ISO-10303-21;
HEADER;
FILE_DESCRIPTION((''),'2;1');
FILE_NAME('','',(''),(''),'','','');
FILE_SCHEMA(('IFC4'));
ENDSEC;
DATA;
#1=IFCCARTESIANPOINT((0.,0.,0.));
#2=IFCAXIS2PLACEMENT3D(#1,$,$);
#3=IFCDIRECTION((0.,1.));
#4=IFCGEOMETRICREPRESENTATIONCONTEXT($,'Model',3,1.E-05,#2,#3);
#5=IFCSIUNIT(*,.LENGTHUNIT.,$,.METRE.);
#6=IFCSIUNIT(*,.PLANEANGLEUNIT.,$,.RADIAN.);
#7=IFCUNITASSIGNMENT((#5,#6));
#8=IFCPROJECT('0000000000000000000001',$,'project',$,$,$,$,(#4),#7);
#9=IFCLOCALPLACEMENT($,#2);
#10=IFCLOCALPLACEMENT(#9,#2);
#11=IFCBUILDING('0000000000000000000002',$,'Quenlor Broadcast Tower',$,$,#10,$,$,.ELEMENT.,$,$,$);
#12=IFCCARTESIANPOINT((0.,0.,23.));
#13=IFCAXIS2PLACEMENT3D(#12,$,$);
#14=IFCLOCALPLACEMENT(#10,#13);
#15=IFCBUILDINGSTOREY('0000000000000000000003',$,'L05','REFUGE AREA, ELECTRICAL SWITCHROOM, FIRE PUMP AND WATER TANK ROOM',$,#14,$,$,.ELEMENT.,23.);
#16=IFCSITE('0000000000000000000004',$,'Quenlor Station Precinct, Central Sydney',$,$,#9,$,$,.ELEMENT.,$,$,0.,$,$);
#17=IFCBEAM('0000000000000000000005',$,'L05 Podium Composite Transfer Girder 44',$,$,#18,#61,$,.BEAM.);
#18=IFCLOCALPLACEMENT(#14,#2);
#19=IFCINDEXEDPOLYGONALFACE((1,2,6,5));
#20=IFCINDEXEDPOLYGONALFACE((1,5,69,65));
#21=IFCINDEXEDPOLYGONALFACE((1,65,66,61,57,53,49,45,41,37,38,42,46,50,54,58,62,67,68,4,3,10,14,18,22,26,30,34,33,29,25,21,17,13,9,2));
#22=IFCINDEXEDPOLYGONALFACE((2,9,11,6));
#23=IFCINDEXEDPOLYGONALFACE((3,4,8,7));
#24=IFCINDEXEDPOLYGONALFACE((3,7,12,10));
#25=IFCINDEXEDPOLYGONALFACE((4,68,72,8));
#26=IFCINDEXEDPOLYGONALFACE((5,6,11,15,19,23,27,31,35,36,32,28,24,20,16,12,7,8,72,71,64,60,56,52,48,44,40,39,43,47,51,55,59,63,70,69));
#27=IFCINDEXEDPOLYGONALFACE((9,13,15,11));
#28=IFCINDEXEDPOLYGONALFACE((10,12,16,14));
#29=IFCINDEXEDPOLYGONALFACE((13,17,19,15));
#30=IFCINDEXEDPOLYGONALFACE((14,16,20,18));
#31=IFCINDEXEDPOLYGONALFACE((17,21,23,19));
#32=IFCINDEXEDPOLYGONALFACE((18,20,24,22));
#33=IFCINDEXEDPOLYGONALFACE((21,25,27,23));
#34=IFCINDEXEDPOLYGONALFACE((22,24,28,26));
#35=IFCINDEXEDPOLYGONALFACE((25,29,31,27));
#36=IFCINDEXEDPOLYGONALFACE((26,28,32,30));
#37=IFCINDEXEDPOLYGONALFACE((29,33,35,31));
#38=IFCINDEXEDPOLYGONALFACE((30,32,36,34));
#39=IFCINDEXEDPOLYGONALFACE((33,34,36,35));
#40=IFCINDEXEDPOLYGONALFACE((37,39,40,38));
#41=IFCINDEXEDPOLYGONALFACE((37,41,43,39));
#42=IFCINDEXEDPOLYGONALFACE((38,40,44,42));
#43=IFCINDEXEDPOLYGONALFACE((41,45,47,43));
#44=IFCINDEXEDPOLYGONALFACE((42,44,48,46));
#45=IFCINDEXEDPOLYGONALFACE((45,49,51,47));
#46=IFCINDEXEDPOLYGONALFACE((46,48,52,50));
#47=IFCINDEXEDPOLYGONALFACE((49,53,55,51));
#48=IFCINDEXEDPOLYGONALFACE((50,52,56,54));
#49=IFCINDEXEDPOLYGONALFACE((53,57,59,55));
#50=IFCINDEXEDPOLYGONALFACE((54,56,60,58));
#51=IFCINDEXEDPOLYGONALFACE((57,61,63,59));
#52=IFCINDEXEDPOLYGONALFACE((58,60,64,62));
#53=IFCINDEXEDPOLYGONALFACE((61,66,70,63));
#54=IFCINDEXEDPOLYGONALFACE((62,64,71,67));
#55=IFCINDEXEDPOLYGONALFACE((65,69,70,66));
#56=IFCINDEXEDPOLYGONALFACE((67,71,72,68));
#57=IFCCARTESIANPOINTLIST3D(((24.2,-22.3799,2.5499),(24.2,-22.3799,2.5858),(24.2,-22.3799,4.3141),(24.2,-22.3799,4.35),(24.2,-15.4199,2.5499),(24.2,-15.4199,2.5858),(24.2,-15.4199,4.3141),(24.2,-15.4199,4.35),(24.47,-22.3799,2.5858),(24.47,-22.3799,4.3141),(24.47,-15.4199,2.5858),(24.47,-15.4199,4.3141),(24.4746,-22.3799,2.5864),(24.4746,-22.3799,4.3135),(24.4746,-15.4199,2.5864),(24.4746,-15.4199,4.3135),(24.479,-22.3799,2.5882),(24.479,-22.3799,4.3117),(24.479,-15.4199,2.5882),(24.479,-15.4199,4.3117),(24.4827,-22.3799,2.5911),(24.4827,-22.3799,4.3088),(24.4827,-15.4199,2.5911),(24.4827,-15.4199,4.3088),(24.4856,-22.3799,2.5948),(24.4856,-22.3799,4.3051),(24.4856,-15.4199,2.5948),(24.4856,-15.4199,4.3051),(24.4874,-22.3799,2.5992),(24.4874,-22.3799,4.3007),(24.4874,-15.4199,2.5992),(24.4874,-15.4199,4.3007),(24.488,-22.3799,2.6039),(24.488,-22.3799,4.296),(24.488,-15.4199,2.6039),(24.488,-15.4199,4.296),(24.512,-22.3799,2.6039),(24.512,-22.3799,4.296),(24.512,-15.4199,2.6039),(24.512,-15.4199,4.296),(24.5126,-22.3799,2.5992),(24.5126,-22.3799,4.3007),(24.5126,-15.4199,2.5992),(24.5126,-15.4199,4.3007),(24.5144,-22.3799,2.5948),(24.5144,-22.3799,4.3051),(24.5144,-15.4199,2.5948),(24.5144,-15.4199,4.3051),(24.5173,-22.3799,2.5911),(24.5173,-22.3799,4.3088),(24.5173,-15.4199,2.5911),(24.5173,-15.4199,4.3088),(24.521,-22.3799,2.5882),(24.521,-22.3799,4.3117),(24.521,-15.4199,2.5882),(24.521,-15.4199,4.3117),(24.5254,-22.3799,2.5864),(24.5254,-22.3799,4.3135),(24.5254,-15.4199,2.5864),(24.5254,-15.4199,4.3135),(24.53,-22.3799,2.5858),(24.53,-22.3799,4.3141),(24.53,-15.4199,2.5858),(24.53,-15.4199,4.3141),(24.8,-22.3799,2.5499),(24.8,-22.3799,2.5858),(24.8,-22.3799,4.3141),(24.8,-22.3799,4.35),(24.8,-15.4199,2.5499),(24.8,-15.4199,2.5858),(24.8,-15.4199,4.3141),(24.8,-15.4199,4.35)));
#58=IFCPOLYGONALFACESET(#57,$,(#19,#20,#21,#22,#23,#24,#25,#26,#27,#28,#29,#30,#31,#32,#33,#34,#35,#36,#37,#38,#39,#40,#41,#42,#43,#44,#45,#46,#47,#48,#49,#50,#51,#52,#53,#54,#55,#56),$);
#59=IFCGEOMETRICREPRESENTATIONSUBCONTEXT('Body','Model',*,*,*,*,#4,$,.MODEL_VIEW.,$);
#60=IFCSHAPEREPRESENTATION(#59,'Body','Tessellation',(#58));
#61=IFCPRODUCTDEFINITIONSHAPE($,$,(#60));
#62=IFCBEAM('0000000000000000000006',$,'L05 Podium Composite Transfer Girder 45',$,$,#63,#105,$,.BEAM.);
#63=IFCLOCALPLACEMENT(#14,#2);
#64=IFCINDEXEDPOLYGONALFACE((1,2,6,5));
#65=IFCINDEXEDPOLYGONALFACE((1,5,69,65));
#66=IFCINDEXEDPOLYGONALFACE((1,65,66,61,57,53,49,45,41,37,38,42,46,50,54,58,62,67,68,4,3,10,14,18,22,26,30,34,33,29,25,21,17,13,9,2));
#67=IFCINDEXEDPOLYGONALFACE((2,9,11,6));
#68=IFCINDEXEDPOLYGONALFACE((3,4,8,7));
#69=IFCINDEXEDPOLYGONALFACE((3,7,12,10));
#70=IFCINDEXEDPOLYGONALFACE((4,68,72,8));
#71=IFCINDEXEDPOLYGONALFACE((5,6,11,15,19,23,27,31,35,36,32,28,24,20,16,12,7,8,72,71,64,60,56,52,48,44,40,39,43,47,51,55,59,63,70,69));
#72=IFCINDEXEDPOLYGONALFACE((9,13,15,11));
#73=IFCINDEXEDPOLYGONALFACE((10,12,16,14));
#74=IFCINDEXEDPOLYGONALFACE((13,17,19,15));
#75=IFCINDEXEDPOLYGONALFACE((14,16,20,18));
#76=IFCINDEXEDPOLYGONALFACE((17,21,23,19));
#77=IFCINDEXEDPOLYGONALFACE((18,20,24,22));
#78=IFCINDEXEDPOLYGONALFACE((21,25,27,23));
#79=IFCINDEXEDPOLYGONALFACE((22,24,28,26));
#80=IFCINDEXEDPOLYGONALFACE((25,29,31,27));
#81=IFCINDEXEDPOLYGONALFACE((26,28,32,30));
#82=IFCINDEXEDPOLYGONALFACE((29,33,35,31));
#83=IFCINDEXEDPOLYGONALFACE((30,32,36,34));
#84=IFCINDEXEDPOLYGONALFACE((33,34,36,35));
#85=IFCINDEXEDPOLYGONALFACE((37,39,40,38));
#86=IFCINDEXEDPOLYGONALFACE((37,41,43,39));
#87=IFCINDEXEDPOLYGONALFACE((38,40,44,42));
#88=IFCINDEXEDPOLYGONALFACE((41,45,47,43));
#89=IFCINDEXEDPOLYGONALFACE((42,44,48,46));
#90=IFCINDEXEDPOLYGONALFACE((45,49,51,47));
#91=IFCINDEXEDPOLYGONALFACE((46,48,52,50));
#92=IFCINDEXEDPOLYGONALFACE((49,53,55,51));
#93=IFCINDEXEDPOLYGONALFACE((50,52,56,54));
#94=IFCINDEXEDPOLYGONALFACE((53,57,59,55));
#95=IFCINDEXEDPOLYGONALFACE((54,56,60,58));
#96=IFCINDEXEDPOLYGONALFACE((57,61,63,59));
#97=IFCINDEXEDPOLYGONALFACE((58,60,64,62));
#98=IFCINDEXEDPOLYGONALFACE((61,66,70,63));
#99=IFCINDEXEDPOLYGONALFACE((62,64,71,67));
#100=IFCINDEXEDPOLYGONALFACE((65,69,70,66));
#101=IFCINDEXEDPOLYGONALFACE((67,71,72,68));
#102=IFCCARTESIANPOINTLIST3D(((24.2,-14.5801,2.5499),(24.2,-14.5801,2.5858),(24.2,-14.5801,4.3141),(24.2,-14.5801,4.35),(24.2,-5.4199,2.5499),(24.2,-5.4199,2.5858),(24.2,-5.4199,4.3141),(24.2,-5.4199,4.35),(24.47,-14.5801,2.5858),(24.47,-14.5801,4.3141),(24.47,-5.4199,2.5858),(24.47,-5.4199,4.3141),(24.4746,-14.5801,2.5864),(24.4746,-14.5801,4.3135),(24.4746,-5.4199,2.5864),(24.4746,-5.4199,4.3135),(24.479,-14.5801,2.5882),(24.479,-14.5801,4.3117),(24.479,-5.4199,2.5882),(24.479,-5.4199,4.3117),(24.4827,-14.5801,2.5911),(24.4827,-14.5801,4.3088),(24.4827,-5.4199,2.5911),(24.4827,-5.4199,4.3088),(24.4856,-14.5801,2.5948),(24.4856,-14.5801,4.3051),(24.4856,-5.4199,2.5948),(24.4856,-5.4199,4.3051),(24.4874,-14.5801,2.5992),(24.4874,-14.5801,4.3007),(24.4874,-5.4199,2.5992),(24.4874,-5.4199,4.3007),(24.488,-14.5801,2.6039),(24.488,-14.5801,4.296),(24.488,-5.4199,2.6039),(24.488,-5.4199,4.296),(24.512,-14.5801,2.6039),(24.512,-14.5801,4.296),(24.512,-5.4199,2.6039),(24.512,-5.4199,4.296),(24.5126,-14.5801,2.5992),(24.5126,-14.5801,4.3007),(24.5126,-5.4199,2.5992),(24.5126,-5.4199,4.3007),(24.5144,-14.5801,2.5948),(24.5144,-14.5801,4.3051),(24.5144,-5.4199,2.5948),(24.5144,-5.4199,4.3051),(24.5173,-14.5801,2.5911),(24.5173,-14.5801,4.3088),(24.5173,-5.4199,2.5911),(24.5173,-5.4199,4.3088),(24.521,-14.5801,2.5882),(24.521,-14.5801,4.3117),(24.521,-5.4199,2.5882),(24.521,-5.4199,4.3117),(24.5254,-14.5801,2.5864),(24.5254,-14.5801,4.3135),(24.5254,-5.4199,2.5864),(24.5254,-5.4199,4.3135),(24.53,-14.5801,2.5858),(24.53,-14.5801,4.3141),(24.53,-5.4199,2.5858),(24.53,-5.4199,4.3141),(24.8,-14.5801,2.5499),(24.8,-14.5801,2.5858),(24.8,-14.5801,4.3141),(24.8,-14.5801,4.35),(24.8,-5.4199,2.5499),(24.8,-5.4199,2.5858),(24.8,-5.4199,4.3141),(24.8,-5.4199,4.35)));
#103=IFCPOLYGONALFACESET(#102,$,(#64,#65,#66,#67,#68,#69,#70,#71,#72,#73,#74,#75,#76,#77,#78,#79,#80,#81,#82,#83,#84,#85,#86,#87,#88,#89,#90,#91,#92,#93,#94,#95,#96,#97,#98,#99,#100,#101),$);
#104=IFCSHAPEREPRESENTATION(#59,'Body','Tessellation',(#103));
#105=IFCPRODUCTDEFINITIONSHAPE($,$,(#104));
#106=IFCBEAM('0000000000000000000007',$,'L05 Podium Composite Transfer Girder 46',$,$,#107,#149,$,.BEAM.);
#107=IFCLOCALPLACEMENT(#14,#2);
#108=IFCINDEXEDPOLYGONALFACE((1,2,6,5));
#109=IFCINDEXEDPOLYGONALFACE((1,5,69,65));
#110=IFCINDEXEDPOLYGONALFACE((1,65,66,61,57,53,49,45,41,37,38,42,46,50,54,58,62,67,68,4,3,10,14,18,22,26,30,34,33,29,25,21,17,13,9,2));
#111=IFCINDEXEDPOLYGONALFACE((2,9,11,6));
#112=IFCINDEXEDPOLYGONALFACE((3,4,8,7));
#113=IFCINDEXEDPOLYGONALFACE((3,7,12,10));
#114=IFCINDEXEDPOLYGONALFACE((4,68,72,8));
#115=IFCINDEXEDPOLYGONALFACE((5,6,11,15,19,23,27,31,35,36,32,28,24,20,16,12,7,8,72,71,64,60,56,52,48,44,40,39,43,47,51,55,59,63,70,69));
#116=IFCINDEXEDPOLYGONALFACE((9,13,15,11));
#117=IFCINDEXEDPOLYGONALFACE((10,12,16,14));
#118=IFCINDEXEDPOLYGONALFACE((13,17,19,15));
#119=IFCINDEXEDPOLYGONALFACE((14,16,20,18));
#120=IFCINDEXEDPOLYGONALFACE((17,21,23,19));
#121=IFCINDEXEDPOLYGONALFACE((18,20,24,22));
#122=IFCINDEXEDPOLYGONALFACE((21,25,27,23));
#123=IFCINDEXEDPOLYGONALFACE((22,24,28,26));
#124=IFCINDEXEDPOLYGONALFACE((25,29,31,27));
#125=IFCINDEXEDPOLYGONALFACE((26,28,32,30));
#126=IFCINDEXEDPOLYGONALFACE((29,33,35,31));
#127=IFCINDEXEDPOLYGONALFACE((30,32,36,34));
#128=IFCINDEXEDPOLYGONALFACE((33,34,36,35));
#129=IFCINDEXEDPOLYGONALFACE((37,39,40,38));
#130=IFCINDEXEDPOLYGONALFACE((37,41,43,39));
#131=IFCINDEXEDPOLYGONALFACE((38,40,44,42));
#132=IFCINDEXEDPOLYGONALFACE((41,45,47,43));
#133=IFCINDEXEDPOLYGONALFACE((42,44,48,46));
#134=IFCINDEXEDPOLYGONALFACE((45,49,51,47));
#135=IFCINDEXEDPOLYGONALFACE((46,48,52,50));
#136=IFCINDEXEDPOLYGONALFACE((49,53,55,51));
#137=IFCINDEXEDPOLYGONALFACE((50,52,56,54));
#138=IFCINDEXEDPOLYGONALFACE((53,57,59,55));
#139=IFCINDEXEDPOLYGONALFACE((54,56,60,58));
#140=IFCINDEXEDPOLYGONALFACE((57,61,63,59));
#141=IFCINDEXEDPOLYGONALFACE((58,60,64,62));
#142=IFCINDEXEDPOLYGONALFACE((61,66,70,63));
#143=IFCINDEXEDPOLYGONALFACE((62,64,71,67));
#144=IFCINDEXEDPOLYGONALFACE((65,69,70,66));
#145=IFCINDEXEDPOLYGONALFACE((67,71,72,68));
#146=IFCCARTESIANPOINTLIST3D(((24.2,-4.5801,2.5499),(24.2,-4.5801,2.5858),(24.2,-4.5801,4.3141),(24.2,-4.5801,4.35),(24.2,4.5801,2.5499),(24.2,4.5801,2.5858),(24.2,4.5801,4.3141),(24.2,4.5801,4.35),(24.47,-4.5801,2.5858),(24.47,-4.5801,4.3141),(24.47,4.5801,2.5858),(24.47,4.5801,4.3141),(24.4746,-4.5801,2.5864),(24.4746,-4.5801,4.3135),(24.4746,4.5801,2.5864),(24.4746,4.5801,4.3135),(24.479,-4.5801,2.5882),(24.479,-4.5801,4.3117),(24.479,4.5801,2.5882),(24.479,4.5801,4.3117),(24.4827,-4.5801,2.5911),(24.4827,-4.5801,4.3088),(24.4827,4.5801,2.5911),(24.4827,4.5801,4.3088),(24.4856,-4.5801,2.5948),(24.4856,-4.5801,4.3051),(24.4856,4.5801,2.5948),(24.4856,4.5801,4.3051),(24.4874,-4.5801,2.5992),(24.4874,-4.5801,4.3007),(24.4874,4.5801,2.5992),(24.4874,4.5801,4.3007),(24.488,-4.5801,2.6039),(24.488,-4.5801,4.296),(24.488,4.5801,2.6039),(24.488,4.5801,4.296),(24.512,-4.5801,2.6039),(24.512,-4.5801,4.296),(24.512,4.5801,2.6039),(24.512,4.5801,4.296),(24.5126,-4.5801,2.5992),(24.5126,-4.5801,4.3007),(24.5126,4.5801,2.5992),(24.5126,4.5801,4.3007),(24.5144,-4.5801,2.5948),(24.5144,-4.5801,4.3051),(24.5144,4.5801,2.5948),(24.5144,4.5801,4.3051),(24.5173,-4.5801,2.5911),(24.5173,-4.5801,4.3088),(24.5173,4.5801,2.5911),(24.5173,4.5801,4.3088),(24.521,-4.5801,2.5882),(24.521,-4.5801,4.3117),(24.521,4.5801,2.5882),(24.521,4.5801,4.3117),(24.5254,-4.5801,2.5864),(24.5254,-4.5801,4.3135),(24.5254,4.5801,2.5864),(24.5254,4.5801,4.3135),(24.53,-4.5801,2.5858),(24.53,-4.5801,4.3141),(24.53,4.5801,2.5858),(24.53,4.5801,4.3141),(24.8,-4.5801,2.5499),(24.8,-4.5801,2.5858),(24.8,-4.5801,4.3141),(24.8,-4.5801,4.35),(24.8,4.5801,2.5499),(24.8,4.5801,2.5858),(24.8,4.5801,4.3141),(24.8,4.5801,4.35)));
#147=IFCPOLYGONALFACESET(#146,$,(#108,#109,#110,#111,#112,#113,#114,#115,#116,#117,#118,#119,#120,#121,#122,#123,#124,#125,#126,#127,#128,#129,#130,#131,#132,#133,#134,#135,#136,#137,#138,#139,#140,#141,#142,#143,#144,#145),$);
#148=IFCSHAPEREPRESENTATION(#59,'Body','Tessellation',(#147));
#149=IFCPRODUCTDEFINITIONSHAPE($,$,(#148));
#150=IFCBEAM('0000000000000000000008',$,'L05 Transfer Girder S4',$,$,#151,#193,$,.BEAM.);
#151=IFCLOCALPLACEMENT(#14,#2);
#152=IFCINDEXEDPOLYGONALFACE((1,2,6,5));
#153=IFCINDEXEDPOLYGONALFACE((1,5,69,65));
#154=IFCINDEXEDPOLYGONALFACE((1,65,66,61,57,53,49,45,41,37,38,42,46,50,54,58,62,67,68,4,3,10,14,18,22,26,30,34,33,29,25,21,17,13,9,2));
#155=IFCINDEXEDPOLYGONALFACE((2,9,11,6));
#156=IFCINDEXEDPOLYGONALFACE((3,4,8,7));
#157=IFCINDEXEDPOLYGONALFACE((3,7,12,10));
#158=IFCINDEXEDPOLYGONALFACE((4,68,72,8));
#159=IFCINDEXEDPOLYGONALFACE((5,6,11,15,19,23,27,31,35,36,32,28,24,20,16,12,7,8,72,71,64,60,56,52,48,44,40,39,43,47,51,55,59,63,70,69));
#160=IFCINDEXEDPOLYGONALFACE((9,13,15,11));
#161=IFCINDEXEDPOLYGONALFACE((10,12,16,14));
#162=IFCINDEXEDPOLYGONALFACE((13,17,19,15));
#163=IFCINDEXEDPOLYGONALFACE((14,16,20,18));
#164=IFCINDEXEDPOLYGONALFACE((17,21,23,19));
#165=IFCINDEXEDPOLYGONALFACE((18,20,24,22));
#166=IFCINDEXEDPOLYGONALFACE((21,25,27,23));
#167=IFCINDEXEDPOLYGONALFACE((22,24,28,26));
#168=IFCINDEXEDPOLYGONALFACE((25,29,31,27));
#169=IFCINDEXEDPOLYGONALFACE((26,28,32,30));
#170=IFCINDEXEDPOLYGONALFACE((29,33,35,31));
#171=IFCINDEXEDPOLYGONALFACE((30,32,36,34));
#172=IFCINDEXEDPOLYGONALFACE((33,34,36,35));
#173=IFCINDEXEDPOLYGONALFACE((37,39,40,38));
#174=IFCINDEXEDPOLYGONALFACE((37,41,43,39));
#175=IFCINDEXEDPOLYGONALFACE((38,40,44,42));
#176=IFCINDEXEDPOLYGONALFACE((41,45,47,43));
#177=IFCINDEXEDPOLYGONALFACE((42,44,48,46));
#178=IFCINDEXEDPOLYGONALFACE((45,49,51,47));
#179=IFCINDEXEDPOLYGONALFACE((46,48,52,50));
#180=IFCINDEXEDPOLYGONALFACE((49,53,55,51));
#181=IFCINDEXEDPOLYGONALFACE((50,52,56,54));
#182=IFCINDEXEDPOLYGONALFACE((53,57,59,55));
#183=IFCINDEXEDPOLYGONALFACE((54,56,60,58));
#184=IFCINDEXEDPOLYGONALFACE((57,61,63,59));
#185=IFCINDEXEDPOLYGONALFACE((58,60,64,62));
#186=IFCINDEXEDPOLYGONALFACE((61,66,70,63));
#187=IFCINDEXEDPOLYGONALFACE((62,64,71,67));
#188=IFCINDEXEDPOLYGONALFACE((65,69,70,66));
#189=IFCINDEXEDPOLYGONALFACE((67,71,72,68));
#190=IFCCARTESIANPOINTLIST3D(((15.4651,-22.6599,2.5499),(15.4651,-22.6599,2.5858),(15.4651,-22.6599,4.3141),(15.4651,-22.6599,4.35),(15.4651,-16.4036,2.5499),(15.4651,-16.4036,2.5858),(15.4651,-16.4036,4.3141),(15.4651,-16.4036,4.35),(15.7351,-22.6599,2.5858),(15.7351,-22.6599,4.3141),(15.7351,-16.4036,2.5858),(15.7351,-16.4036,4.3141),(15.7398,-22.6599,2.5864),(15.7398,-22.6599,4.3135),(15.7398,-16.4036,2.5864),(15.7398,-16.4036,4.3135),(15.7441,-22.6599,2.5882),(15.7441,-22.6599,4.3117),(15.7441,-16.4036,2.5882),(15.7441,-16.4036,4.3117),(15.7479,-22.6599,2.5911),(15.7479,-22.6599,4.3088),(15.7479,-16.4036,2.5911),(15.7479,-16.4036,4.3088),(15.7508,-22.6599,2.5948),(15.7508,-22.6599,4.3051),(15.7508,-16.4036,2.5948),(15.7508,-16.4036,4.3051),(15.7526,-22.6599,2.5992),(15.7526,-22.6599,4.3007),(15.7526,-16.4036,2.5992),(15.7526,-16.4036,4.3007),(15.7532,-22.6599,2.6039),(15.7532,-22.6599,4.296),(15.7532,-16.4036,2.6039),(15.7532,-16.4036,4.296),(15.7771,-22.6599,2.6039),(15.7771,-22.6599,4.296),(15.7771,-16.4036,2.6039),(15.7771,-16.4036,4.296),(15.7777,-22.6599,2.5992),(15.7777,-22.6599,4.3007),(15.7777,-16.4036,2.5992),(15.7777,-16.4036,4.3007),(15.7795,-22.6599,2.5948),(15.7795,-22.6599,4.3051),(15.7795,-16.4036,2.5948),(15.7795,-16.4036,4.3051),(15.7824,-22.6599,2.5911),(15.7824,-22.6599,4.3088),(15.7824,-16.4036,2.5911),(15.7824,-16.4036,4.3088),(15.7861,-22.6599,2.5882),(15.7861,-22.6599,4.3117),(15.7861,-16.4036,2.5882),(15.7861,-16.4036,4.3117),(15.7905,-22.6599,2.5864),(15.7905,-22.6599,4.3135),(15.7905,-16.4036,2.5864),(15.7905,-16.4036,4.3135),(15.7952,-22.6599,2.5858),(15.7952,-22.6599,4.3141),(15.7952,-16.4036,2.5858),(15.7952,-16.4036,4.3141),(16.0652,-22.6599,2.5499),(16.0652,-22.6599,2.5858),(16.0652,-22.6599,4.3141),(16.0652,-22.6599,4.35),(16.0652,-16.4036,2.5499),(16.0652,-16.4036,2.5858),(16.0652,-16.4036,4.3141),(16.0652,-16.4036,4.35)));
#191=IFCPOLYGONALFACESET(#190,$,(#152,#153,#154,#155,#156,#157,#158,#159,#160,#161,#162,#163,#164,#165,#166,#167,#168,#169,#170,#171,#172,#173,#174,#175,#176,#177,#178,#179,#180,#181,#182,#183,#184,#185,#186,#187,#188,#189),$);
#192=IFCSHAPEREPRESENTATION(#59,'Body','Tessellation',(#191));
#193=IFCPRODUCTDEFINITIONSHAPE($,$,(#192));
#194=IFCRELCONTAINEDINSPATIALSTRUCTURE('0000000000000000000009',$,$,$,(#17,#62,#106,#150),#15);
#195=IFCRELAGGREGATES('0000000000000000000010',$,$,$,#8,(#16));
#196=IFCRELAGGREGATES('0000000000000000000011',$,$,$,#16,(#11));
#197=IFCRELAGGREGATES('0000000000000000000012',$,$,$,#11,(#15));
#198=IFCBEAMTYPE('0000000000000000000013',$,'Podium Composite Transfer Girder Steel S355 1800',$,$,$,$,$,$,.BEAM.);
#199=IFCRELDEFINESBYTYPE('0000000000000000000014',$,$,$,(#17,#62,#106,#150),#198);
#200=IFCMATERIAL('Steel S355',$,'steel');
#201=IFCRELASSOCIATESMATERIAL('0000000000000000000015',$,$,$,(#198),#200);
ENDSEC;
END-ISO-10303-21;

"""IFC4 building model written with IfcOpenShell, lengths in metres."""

from ifc_helpers import new_model, si_unit, direction, frame, origin, origin_2d, place, context, subcontext, project, spatial, i_section, extrude, material, material_profile, profile_set, type_object, element, save


model = new_model("IFC4")

# Units and contexts
model_context = context("Model", 3, precision=1e-05, world=origin(), true_north=direction((0.0, 1.0)))
body_context = subcontext(model_context, "Body", "Model", "MODEL_VIEW")
ifc_project = project(units=[si_unit("LENGTHUNIT", "METRE"), si_unit("PLANEANGLEUNIT", "RADIAN")], contexts=[model_context])

# Site, building, storey
site_placement = place(None, origin())
site = spatial("IfcSite", under=ifc_project, at=site_placement, Name="Quenlor Station Precinct, Central Sydney", CompositionType="ELEMENT", RefElevation=0.0)
building_placement = place(site_placement, origin())
building = spatial("IfcBuilding", under=site, at=building_placement, Name="Quenlor Broadcast Tower", CompositionType="ELEMENT")
storey_placement = place(building_placement, frame((0.0, 0.0, 23.0)))
storey = spatial("IfcBuildingStorey", under=building, at=storey_placement, Name="L05", Description="REFUGE AREA, ELECTRICAL SWITCHROOM, FIRE PUMP AND WATER TANK ROOM", CompositionType="ELEMENT", Elevation=23.0)

# Beams
ifc_material_1 = material(Name="Steel S355", Category="steel")
ifc_material_profile_1 = material_profile(ifc_material_1, i_section(OverallWidth=0.6001, OverallDepth=1.8, WebThickness=0.0239, FlangeThickness=0.0359, FilletRadius=0.0181, at=origin_2d()))
ifc_profile_set_1 = profile_set([ifc_material_profile_1], Name="Steel S355 1800TG620")
beam_type_1 = type_object("IfcBeamType", Name="Podium Composite Transfer Girder Steel S355 1800", PredefinedType="BEAM", material=ifc_profile_set_1)
beam_1_placement = place(storey_placement, frame((24.5, -22.3799, 3.45), z_axis=(0.0, 1.0, 0.0), x_axis=(-1.0, 0.0, 0.0)))
element("IfcBeam", 1, at=beam_1_placement, inside=storey, type_object=beam_type_1, Name="L05 Podium Composite Transfer Girder 44", PredefinedType="BEAM", context=body_context, shape_type="SweptSolid", body=[
    extrude(i_section(OverallWidth=0.6001, OverallDepth=1.8, WebThickness=0.0239, FlangeThickness=0.0359, FilletRadius=0.0181, at=origin_2d()), origin(), (0.0, 0.0, 1.0), 6.96),
])
for number, where, z_axis, x_axis, name in (
    (2, (24.5, -14.5801, 3.45), (0.0, 1.0, 0.0), (-1.0, 0.0, 0.0), "L05 Podium Composite Transfer Girder 45"),
    (3, (24.5, -4.5801, 3.45), (0.0, 1.0, 0.0), (-1.0, 0.0, 0.0), "L05 Podium Composite Transfer Girder 46"),
):
    element("IfcBeam", number, at=place(storey_placement, frame(where, z_axis=z_axis, x_axis=x_axis)), inside=storey, type_object=beam_type_1, Name=name, PredefinedType="BEAM", context=body_context, shape_type="SweptSolid", body=[
        extrude(i_section(OverallWidth=0.6001, OverallDepth=1.8, WebThickness=0.0239, FlangeThickness=0.0359, FilletRadius=0.0181, at=origin_2d()), origin(), (0.0, 0.0, 1.0), 9.1602),
    ])
beam_2_placement = place(storey_placement, frame((15.7651, -22.6599, 3.45), z_axis=(0.0, 1.0, 0.0), x_axis=(-1.0, 0.0, 0.0)))
element("IfcBeam", 4, at=beam_2_placement, inside=storey, type_object=beam_type_1, Name="L05 Transfer Girder S4", PredefinedType="BEAM", context=body_context, shape_type="SweptSolid", body=[
    extrude(i_section(OverallWidth=0.6001, OverallDepth=1.8, WebThickness=0.0239, FlangeThickness=0.0359, FilletRadius=0.0181, at=origin_2d()), origin(), (0.0, 0.0, 1.0), 6.2563),
])

save(model, "model.ifc")
